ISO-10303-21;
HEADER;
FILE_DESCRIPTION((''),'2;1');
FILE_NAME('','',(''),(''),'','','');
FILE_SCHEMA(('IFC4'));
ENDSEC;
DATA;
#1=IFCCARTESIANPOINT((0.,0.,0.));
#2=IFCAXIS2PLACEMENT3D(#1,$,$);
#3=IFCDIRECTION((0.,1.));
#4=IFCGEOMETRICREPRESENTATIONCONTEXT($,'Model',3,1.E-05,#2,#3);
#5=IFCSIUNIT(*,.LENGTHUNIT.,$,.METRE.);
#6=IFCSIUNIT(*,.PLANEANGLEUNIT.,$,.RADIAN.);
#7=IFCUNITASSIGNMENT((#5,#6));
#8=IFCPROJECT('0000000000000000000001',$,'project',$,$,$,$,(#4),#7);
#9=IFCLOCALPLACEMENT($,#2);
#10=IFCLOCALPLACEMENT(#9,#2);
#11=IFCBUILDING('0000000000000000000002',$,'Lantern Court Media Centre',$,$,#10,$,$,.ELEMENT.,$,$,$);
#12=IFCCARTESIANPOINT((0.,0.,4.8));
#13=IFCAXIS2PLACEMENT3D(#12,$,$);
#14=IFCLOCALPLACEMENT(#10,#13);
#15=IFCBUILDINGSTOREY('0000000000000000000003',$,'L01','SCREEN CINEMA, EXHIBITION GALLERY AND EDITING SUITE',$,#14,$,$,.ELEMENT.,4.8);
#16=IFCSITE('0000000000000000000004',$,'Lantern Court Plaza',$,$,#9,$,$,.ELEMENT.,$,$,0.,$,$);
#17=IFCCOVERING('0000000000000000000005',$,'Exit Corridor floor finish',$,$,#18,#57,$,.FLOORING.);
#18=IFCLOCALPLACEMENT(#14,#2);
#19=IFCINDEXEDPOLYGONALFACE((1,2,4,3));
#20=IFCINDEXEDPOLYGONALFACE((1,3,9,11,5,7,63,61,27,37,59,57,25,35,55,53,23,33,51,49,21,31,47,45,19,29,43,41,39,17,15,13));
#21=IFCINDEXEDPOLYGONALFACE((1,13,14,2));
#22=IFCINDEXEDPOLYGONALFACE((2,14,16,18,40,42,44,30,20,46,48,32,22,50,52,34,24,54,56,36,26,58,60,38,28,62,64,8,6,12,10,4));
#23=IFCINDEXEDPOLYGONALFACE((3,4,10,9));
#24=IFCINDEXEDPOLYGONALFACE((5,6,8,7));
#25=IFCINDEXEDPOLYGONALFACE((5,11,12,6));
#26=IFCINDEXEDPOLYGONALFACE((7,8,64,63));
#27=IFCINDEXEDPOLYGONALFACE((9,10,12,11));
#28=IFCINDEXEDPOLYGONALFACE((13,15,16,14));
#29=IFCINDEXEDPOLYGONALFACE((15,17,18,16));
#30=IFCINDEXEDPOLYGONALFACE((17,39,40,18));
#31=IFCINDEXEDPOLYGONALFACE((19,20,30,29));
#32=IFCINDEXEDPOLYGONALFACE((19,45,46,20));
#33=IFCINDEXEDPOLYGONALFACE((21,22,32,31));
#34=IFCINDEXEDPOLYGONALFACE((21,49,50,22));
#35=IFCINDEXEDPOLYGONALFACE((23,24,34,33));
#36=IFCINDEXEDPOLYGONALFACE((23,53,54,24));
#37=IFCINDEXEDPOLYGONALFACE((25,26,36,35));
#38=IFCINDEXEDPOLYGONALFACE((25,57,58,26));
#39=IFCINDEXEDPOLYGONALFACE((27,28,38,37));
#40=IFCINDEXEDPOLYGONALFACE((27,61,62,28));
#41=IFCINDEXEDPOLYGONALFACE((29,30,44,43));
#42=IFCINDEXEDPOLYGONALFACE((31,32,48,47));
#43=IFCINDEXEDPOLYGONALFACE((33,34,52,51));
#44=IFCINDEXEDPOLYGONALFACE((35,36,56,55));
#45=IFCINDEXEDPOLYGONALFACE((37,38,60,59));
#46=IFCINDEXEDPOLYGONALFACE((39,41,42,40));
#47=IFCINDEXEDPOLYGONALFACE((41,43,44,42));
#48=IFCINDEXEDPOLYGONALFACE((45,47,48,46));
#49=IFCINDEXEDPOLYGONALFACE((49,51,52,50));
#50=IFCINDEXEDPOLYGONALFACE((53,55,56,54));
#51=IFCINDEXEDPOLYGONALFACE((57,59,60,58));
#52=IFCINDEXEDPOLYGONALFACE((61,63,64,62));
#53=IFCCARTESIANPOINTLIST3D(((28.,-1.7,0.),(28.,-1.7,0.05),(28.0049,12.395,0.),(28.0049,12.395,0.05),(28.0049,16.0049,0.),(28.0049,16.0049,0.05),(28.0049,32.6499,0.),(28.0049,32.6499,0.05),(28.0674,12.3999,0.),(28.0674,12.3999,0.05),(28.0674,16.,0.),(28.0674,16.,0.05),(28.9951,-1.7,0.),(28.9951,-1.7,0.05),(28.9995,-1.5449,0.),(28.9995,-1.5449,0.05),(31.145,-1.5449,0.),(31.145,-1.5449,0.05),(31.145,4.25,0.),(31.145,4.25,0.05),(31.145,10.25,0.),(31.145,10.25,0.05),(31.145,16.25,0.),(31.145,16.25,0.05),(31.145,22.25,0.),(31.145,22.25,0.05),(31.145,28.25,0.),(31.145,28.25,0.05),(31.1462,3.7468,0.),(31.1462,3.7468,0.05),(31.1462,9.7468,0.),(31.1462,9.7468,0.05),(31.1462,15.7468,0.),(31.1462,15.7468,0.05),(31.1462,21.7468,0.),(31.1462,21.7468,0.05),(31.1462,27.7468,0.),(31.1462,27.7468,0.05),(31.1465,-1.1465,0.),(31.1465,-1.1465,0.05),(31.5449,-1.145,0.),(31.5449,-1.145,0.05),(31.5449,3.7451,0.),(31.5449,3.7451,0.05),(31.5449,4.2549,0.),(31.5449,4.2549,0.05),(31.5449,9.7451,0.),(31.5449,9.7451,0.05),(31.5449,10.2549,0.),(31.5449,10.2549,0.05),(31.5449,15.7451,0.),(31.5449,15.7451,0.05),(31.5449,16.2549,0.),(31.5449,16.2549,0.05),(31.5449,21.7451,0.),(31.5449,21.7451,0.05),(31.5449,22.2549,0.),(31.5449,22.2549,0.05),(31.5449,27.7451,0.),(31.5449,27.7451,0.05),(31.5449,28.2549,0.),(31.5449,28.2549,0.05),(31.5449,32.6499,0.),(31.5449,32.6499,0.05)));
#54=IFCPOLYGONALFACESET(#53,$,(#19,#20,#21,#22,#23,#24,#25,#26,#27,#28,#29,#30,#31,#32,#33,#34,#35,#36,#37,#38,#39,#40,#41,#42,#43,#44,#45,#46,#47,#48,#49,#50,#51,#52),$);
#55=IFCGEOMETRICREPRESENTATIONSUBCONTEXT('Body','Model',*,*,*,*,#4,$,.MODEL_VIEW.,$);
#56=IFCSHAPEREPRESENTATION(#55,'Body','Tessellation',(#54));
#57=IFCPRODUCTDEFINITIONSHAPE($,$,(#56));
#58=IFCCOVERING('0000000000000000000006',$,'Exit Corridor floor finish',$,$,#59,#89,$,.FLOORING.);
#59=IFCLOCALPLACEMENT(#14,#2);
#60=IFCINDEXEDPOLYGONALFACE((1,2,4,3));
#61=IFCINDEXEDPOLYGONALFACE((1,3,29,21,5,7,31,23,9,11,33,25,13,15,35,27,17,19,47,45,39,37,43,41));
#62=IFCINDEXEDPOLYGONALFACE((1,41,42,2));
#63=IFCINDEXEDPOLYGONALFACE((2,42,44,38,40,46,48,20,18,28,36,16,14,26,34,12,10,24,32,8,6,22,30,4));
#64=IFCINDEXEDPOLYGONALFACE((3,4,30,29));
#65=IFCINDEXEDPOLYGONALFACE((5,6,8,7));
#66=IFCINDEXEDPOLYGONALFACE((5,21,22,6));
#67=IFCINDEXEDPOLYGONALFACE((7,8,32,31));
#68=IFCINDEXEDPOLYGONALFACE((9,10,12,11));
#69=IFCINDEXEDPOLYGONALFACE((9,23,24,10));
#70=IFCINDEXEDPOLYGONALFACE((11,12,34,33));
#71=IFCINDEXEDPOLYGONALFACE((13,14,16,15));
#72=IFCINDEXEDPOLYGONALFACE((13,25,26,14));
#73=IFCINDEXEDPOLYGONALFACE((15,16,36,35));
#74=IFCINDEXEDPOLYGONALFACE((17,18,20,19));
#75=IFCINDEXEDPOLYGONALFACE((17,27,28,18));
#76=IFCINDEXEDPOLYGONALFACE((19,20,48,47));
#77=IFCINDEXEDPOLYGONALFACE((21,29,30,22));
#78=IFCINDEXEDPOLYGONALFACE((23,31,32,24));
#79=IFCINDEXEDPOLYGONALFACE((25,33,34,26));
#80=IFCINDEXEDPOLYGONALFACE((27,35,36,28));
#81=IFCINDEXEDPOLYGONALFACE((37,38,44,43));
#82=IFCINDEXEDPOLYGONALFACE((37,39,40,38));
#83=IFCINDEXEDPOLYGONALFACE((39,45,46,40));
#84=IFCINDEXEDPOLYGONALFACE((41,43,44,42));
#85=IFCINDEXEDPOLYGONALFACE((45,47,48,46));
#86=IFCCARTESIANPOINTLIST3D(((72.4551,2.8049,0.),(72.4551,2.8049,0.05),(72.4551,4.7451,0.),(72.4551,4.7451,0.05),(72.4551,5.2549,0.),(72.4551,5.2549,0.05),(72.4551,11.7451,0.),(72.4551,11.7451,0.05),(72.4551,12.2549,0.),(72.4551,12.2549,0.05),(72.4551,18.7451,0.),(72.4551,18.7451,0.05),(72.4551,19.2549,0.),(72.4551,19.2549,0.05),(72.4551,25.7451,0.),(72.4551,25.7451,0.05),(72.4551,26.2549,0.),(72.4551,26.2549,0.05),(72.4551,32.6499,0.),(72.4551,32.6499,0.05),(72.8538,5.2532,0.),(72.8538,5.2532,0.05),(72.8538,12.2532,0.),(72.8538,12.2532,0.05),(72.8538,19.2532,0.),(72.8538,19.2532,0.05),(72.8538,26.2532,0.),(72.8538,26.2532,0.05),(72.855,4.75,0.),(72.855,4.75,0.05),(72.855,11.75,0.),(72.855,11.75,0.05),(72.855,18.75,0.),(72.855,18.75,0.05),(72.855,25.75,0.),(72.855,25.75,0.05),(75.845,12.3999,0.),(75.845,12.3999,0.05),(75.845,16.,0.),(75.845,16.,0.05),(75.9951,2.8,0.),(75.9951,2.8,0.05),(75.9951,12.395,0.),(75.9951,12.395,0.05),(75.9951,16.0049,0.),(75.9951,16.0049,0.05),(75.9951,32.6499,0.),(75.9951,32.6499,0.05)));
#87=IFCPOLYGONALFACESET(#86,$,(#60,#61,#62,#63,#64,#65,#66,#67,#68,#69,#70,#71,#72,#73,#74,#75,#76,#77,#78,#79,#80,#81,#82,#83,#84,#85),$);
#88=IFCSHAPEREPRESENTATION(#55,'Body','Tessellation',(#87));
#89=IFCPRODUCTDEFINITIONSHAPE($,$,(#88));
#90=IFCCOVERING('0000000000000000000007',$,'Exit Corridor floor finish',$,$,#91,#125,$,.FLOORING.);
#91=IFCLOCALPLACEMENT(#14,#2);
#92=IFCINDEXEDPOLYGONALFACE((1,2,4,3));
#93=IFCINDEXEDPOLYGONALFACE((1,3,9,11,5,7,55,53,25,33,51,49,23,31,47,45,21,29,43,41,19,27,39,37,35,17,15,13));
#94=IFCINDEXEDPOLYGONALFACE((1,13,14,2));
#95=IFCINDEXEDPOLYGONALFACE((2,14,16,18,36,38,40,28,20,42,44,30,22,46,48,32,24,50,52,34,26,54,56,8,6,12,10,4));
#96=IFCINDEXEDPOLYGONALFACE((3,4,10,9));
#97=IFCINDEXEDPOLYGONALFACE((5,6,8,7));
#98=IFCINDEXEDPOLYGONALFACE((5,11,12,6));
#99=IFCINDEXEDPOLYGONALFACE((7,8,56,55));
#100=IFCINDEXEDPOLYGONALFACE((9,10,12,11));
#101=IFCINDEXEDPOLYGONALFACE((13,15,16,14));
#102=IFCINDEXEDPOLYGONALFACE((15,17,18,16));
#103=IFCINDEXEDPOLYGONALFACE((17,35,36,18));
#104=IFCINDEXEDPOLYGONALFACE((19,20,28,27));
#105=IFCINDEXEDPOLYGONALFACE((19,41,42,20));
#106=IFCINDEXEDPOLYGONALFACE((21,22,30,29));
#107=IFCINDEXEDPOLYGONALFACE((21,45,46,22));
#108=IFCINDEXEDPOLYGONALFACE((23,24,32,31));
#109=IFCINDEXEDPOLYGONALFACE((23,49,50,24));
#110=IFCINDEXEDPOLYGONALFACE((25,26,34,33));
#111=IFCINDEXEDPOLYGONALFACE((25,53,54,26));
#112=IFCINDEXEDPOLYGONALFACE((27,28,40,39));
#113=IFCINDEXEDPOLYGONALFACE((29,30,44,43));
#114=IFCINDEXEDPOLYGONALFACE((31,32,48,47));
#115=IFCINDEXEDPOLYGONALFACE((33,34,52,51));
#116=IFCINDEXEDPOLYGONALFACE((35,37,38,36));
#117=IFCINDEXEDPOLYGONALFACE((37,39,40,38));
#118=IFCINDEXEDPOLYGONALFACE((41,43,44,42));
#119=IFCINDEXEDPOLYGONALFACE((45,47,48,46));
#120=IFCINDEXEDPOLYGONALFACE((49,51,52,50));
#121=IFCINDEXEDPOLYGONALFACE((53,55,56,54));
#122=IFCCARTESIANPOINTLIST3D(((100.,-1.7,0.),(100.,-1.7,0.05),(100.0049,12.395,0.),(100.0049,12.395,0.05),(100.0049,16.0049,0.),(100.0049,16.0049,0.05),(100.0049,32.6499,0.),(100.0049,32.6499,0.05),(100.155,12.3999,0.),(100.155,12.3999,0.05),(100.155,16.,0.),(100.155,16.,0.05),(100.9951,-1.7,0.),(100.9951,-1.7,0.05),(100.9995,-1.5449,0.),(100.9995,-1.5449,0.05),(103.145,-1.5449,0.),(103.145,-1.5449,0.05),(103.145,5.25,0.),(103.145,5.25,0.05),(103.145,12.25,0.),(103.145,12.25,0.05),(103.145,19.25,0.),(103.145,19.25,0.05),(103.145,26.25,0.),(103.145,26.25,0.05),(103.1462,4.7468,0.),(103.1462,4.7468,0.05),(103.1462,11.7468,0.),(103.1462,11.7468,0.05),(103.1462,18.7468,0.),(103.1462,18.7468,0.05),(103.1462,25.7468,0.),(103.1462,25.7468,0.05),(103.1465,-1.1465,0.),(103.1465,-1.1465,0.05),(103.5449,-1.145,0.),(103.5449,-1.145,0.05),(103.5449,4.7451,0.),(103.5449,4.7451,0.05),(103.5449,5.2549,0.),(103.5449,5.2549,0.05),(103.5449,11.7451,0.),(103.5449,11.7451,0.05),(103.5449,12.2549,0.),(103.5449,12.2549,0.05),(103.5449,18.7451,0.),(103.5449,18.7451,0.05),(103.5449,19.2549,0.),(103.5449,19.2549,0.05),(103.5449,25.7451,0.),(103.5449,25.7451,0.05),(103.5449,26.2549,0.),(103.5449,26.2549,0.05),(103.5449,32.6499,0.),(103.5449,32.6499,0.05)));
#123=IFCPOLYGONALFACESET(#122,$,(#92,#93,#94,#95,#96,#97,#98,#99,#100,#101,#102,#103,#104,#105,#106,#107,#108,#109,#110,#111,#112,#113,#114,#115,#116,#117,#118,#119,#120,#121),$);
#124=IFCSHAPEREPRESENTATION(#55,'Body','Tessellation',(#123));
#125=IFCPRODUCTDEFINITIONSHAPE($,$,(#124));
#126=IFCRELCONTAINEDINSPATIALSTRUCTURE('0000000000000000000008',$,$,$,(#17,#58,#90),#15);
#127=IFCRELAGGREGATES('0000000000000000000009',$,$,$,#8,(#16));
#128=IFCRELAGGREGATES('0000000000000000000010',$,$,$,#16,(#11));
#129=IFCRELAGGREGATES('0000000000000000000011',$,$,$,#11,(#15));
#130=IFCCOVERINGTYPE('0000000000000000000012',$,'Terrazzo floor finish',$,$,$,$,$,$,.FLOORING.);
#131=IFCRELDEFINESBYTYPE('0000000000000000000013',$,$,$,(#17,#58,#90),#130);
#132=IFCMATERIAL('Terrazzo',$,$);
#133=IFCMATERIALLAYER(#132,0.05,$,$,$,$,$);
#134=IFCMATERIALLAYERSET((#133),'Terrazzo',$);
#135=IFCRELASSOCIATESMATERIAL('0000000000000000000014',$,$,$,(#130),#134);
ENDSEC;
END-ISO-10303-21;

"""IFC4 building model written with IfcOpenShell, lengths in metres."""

from ifc_helpers import new_model, si_unit, direction, frame, origin, place, context, subcontext, project, spatial, polyline, outline, extrude, material, layer, layer_set, type_object, element, save


model = new_model("IFC4")

# Units and contexts
model_context = context("Model", 3, precision=1e-05, world=origin(), true_north=direction((0.0, 1.0)))
body_context = subcontext(model_context, "Body", "Model", "MODEL_VIEW")
ifc_project = project(units=[si_unit("LENGTHUNIT", "METRE"), si_unit("PLANEANGLEUNIT", "RADIAN")], contexts=[model_context])

# Site, building, storey
site_placement = place(None, origin())
site = spatial("IfcSite", under=ifc_project, at=site_placement, Name="Lantern Court Plaza", CompositionType="ELEMENT", RefElevation=0.0)
building_placement = place(site_placement, origin())
building = spatial("IfcBuilding", under=site, at=building_placement, Name="Lantern Court Media Centre", CompositionType="ELEMENT")
storey_placement = place(building_placement, frame((0.0, 0.0, 4.8)))
storey = spatial("IfcBuildingStorey", under=building, at=storey_placement, Name="L01", Description="SCREEN CINEMA, EXHIBITION GALLERY AND EDITING SUITE", CompositionType="ELEMENT", Elevation=4.8)

# Coverings
ifc_material_1 = material(Name="Terrazzo")
ifc_layer_1 = layer(ifc_material_1, 0.05)
ifc_layer_set_1 = layer_set([ifc_layer_1], Name="Terrazzo")
covering_type_1 = type_object("IfcCoveringType", Name="Terrazzo floor finish", PredefinedType="FLOORING", material=ifc_layer_set_1)
covering_1_placement = place(storey_placement, origin())
element("IfcCovering", 1, at=covering_1_placement, inside=storey, type_object=covering_type_1, Name="Exit Corridor floor finish", PredefinedType="FLOORING", context=body_context, shape_type="SweptSolid", body=[
    extrude(outline(polyline([(31.5449, 32.6499), (31.5449, 28.2549), (31.145, 28.25), (31.1462, 27.7468), (31.5449, 27.7451), (31.5449, 22.2549), (31.145, 22.25), (31.1462, 21.7468), (31.5449, 21.7451), (31.5449, 16.2549), (31.145, 16.25), (31.1462, 15.7468), (31.5449, 15.7451), (31.5449, 10.2549), (31.145, 10.25), (31.1462, 9.7468), (31.5449, 9.7451), (31.5449, 4.2549), (31.145, 4.25), (31.1462, 3.7468), (31.5449, 3.7451), (31.5449, -1.145), (31.1465, -1.1465), (31.145, -1.5449), (28.9995, -1.5449), (28.9951, -1.7), (28.0, -1.7), (28.0049, 12.395), (28.0674, 12.3999), (28.0674, 16.0), (28.0049, 16.0049), (28.0049, 32.6499), (31.5449, 32.6499)])), origin(), (0.0, 0.0, 1.0), 0.05),
])
covering_2_placement = place(storey_placement, origin())
element("IfcCovering", 2, at=covering_2_placement, inside=storey, type_object=covering_type_1, Name="Exit Corridor floor finish", PredefinedType="FLOORING", context=body_context, shape_type="SweptSolid", body=[
    extrude(outline(polyline([(75.9951, 32.6499), (75.9951, 16.0049), (75.845, 16.0), (75.845, 12.3999), (75.9951, 12.395), (75.9951, 2.8), (72.4551, 2.8049), (72.4551, 4.7451), (72.855, 4.75), (72.8538, 5.2532), (72.4551, 5.2549), (72.4551, 11.7451), (72.855, 11.75), (72.8538, 12.2532), (72.4551, 12.2549), (72.4551, 18.7451), (72.855, 18.75), (72.8538, 19.2532), (72.4551, 19.2549), (72.4551, 25.7451), (72.855, 25.75), (72.8538, 26.2532), (72.4551, 26.2549), (72.4551, 32.6499), (75.9951, 32.6499)])), origin(), (0.0, 0.0, 1.0), 0.05),
])
covering_3_placement = place(storey_placement, origin())
element("IfcCovering", 3, at=covering_3_placement, inside=storey, type_object=covering_type_1, Name="Exit Corridor floor finish", PredefinedType="FLOORING", context=body_context, shape_type="SweptSolid", body=[
    extrude(outline(polyline([(103.5449, 32.6499), (103.5449, 26.2549), (103.145, 26.25), (103.1462, 25.7468), (103.5449, 25.7451), (103.5449, 19.2549), (103.145, 19.25), (103.1462, 18.7468), (103.5449, 18.7451), (103.5449, 12.2549), (103.145, 12.25), (103.1462, 11.7468), (103.5449, 11.7451), (103.5449, 5.2549), (103.145, 5.25), (103.1462, 4.7468), (103.5449, 4.7451), (103.5449, -1.145), (103.1465, -1.1465), (103.145, -1.5449), (100.9995, -1.5449), (100.9951, -1.7), (100.0, -1.7), (100.0049, 12.395), (100.155, 12.3999), (100.155, 16.0), (100.0049, 16.0049), (100.0049, 32.6499), (103.5449, 32.6499)])), origin(), (0.0, 0.0, 1.0), 0.05),
])

save(model, "model.ifc")
